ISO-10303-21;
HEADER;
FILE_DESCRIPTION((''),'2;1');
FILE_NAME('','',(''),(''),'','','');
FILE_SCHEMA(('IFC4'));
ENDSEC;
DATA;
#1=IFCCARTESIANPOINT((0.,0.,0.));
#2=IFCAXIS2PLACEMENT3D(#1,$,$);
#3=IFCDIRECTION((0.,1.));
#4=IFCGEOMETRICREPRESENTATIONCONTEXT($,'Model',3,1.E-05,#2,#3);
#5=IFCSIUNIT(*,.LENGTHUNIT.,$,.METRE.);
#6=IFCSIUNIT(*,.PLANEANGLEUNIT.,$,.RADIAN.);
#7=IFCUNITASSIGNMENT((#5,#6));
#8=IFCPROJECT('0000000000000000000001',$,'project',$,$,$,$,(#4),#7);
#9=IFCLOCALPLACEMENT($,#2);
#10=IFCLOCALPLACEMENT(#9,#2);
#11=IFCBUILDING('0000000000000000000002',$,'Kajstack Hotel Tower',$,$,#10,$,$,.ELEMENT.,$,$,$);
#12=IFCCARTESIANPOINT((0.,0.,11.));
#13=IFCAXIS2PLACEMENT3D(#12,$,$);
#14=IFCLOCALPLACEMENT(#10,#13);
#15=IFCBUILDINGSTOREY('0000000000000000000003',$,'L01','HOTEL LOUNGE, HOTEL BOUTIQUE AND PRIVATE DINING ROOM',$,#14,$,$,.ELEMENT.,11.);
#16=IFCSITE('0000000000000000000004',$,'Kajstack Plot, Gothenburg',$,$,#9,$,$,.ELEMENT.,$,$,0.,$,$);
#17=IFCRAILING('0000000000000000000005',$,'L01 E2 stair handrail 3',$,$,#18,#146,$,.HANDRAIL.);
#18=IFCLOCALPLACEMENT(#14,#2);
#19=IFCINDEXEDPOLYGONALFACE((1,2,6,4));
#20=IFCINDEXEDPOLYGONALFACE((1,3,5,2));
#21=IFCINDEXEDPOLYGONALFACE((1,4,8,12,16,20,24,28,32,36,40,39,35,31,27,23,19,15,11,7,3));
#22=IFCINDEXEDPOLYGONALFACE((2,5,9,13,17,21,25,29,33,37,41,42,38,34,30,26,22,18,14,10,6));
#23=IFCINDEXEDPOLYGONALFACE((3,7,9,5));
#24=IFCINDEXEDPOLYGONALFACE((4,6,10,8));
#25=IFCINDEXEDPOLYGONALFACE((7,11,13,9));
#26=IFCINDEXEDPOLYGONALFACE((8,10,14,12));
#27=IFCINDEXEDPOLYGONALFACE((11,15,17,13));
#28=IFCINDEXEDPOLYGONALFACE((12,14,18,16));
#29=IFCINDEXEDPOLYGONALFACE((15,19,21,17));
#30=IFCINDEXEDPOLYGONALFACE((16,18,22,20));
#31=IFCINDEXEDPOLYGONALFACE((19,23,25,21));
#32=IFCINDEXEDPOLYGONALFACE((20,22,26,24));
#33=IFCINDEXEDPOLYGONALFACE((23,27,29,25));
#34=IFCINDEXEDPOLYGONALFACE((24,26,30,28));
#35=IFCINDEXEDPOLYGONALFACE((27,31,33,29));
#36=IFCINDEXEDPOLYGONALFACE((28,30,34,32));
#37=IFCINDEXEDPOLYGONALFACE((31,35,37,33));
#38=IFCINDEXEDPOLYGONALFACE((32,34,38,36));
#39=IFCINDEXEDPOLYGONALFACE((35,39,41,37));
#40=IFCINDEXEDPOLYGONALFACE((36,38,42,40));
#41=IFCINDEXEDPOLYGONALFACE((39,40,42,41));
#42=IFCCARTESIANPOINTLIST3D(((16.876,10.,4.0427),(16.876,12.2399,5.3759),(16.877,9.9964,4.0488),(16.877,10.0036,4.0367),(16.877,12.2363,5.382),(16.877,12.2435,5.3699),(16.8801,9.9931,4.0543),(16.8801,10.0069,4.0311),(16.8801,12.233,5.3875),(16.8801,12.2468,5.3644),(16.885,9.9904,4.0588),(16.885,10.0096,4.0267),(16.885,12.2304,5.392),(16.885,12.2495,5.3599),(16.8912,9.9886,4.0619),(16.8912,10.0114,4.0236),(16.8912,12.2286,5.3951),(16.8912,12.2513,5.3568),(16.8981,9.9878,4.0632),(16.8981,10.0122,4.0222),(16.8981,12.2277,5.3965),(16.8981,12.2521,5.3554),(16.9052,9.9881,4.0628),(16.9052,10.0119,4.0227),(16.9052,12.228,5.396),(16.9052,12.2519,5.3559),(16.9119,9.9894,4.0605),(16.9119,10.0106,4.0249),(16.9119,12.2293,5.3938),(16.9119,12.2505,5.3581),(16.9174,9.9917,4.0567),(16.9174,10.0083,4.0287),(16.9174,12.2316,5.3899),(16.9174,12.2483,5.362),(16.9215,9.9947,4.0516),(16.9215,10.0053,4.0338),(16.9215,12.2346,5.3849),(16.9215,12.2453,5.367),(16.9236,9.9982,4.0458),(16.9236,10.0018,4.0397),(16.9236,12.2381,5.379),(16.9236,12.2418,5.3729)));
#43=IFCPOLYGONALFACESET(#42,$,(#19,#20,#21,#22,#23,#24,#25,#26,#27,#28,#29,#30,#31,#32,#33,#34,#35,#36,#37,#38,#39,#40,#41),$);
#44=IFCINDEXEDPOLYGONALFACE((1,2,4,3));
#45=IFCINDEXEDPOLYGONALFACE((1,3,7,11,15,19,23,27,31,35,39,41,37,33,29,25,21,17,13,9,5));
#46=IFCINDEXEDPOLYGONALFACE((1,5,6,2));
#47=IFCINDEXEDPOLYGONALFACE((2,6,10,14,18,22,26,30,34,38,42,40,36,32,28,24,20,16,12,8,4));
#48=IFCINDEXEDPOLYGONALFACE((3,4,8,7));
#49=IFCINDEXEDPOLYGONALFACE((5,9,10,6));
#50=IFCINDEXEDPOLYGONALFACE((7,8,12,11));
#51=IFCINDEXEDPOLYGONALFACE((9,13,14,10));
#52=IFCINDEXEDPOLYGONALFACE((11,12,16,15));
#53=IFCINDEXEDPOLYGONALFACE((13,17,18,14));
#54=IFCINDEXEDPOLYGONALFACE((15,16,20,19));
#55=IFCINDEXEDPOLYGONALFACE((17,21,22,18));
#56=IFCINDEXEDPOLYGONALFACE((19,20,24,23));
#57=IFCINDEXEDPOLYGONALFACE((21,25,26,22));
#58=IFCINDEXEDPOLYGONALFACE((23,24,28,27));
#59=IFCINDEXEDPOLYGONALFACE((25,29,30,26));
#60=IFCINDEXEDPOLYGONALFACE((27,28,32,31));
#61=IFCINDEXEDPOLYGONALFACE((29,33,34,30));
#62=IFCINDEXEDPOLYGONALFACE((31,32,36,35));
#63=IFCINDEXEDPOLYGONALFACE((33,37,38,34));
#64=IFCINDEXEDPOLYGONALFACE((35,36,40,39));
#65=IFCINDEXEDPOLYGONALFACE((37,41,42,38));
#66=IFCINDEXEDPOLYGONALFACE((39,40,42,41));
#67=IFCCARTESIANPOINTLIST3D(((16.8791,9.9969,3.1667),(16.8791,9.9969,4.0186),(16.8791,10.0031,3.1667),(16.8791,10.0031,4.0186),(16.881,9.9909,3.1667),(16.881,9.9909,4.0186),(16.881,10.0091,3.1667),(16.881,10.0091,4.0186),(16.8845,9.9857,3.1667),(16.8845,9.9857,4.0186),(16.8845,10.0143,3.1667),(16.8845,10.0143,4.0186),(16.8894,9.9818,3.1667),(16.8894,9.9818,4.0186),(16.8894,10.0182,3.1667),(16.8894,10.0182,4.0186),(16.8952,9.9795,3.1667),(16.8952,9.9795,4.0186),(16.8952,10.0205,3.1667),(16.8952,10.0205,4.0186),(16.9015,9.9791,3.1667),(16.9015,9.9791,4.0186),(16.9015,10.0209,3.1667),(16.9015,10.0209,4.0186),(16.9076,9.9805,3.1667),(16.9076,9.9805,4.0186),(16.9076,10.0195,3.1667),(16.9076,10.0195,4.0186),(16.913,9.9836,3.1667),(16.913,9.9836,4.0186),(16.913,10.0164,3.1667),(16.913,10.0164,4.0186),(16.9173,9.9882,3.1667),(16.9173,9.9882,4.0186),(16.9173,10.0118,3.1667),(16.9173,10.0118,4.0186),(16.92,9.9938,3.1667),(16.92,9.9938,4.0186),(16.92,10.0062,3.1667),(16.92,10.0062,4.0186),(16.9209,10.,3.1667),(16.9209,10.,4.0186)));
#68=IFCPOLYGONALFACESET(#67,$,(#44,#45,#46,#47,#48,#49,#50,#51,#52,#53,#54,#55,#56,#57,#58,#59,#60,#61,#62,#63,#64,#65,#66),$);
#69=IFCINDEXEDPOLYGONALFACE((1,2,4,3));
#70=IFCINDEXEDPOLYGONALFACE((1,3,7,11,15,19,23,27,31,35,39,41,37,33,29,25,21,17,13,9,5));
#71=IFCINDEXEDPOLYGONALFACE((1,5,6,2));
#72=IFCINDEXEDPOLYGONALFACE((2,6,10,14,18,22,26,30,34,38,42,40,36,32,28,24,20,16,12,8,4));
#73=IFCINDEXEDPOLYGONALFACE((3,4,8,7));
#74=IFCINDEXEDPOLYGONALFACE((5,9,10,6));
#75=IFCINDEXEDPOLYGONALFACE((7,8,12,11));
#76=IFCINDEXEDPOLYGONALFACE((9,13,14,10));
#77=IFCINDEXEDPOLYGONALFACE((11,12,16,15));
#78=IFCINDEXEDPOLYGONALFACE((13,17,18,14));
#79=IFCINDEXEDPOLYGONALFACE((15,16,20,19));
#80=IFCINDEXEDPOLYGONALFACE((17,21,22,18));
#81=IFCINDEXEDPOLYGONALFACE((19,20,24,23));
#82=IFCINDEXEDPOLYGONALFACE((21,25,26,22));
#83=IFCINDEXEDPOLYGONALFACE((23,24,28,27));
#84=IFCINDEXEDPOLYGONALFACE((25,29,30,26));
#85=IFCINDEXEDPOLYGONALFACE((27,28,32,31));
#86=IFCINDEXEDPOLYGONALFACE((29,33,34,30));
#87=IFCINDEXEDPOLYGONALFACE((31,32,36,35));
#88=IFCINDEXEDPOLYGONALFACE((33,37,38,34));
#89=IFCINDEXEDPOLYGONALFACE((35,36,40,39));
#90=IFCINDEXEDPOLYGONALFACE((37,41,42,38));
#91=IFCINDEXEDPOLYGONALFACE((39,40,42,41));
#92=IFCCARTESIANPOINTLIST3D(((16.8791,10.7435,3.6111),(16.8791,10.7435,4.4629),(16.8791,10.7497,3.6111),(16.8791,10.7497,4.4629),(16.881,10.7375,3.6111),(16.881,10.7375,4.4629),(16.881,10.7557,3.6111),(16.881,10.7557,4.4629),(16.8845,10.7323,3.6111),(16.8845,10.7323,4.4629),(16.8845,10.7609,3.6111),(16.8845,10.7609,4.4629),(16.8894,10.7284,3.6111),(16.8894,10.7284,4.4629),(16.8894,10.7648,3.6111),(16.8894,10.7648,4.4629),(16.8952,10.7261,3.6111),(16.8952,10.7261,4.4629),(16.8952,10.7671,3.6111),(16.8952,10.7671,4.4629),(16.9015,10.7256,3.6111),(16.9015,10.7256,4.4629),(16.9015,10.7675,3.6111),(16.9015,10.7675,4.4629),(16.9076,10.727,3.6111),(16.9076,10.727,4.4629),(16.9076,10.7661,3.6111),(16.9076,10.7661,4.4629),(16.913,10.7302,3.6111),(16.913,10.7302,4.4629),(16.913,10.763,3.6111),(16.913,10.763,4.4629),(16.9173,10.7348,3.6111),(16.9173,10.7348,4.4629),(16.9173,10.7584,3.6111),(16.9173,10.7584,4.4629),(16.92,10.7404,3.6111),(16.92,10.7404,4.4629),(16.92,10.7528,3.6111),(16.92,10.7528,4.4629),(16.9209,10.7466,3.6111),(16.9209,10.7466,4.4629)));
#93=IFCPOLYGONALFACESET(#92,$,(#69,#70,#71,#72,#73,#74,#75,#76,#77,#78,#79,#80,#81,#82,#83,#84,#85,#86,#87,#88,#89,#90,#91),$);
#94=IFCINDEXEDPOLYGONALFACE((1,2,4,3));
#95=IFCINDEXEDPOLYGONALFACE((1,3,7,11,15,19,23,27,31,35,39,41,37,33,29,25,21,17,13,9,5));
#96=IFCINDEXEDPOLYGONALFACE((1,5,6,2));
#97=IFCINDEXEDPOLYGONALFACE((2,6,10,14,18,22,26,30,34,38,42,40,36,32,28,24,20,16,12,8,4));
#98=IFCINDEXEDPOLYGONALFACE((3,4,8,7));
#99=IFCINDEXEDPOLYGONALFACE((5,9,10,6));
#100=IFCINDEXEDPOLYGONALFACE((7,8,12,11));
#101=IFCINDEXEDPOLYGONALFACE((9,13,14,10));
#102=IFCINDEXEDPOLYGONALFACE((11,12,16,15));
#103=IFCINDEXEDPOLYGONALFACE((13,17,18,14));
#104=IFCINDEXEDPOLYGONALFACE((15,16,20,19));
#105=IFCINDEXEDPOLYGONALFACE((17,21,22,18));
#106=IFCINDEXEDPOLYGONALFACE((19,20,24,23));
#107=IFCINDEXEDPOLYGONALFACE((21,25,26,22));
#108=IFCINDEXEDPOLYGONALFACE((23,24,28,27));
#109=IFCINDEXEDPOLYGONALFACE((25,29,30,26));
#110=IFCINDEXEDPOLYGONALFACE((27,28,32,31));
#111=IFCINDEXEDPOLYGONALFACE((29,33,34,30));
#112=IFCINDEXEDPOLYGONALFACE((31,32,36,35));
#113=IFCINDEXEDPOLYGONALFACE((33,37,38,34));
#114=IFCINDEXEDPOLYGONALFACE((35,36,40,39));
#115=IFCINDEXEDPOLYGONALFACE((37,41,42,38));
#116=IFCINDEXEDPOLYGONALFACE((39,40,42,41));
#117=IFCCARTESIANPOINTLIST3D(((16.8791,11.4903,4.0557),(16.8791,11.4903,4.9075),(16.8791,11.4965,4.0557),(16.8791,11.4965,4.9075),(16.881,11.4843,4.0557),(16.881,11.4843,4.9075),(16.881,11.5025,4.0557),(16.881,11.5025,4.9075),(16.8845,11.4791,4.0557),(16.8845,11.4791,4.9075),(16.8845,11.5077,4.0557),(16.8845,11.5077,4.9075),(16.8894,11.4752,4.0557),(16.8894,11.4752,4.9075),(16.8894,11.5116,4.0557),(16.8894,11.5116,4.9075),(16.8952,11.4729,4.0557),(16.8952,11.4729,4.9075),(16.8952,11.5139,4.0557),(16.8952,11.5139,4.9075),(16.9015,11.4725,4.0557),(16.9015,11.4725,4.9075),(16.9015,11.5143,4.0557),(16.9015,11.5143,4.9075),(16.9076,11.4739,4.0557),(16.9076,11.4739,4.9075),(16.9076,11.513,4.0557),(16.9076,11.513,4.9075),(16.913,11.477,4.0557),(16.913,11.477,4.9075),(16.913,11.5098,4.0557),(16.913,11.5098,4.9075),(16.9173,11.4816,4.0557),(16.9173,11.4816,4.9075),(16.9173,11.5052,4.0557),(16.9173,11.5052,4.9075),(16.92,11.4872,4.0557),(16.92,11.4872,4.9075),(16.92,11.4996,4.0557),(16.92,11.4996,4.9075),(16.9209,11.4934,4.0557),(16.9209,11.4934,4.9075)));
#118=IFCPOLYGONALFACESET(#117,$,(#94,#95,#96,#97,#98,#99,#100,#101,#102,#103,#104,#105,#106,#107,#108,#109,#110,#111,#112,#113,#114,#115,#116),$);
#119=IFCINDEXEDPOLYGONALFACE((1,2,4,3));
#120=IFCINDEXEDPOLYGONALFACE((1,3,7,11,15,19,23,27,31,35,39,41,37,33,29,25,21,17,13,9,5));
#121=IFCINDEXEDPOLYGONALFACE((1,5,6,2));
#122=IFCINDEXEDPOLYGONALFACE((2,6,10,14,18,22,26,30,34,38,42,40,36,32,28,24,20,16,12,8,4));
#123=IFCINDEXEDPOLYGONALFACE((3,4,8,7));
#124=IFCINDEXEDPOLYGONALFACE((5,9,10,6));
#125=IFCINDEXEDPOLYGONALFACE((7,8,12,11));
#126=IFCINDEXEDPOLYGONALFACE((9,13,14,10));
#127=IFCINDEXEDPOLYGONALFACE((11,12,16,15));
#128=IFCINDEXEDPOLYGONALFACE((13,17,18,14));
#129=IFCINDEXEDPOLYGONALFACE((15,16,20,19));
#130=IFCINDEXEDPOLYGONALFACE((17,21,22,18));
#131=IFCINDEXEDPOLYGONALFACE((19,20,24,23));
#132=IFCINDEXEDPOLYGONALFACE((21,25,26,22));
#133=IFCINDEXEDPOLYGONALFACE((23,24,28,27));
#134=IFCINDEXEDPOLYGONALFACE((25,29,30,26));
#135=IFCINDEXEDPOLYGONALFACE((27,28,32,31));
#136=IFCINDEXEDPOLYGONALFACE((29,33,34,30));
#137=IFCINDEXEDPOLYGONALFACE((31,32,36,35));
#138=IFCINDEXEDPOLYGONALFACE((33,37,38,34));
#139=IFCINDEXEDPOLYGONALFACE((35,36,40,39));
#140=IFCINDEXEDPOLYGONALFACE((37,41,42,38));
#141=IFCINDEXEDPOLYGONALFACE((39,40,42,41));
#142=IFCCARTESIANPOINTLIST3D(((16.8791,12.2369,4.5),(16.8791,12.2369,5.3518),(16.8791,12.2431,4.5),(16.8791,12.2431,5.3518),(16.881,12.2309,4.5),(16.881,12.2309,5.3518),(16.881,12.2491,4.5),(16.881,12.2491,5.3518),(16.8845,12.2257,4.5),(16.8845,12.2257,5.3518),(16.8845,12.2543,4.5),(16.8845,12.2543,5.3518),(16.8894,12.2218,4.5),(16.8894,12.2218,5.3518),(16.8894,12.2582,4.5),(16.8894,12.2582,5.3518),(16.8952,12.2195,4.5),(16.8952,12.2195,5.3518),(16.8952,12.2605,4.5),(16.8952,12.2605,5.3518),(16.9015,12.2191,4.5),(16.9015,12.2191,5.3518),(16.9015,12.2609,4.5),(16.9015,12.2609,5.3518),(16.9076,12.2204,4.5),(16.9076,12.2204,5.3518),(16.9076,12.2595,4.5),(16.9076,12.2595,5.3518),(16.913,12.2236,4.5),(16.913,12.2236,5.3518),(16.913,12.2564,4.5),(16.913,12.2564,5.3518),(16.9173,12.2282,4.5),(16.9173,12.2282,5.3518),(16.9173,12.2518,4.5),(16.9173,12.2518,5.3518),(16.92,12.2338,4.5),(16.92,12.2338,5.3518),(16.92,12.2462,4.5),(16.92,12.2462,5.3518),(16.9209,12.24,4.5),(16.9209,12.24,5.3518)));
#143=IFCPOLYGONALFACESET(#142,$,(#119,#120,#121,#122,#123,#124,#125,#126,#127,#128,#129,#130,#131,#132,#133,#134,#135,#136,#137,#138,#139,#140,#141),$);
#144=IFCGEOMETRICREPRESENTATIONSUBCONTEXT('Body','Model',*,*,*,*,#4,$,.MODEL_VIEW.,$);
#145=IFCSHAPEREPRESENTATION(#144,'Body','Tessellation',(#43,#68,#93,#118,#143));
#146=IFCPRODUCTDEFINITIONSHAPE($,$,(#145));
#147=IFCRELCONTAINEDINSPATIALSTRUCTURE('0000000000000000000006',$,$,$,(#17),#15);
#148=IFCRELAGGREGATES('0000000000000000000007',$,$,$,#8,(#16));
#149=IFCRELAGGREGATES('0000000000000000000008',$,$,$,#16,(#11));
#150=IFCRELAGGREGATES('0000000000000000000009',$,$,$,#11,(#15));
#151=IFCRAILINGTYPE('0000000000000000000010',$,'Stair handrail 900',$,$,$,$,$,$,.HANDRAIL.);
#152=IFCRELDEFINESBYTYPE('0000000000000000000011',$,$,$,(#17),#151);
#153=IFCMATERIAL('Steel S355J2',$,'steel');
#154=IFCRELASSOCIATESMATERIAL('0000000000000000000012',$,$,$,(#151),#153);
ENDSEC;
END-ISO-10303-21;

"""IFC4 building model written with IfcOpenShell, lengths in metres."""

from ifc_helpers import new_model, si_unit, direction, frame, origin, origin_2d, place, context, subcontext, project, spatial, circle, extrude, material, type_object, element, save


model = new_model("IFC4")

# Units and contexts
model_context = context("Model", 3, precision=1e-05, world=origin(), true_north=direction((0.0, 1.0)))
body_context = subcontext(model_context, "Body", "Model", "MODEL_VIEW")
ifc_project = project(units=[si_unit("LENGTHUNIT", "METRE"), si_unit("PLANEANGLEUNIT", "RADIAN")], contexts=[model_context])

# Site, building, storey
site_placement = place(None, origin())
site = spatial("IfcSite", under=ifc_project, at=site_placement, Name="Kajstack Plot, Gothenburg", CompositionType="ELEMENT", RefElevation=0.0)
building_placement = place(site_placement, origin())
building = spatial("IfcBuilding", under=site, at=building_placement, Name="Kajstack Hotel Tower", CompositionType="ELEMENT")
storey_placement = place(building_placement, frame((0.0, 0.0, 11.0)))
storey = spatial("IfcBuildingStorey", under=building, at=storey_placement, Name="L01", Description="HOTEL LOUNGE, HOTEL BOUTIQUE AND PRIVATE DINING ROOM", CompositionType="ELEMENT", Elevation=11.0)

# Railing
ifc_material_1 = material(Name="Steel S355J2", Category="steel")
railing_type = type_object("IfcRailingType", Name="Stair handrail 900", PredefinedType="HANDRAIL", material=ifc_material_1)
railing_1_placement = place(storey_placement, frame((16.8999, 10.0, 3.1667)))
element("IfcRailing", 1, at=railing_1_placement, inside=storey, type_object=railing_type, Name="L01 E2 stair handrail 3", PredefinedType="HANDRAIL", context=body_context, shape_type="SweptSolid", body=[
    extrude(circle(Radius=0.0239, at=origin_2d()), frame((0.0, 0.0, 0.876), z_axis=(0.0, 0.859306, 0.511462), x_axis=(-1.0, 0.0, 0.0)), (0.0, 0.0, 1.0), 2.6067),
    extrude(circle(Radius=0.021, at=origin_2d()), origin(), (0.0, 0.0, 1.0), 0.8518),
    extrude(circle(Radius=0.021, at=origin_2d()), frame((0.0, 0.7466, 0.4443)), (0.0, 0.0, 1.0), 0.8518),
    extrude(circle(Radius=0.021, at=origin_2d()), frame((0.0, 1.4934, 0.8889)), (0.0, 0.0, 1.0), 0.8518),
    extrude(circle(Radius=0.021, at=origin_2d()), frame((0.0, 2.24, 1.3333)), (0.0, 0.0, 1.0), 0.8518),
])

save(model, "model.ifc")
